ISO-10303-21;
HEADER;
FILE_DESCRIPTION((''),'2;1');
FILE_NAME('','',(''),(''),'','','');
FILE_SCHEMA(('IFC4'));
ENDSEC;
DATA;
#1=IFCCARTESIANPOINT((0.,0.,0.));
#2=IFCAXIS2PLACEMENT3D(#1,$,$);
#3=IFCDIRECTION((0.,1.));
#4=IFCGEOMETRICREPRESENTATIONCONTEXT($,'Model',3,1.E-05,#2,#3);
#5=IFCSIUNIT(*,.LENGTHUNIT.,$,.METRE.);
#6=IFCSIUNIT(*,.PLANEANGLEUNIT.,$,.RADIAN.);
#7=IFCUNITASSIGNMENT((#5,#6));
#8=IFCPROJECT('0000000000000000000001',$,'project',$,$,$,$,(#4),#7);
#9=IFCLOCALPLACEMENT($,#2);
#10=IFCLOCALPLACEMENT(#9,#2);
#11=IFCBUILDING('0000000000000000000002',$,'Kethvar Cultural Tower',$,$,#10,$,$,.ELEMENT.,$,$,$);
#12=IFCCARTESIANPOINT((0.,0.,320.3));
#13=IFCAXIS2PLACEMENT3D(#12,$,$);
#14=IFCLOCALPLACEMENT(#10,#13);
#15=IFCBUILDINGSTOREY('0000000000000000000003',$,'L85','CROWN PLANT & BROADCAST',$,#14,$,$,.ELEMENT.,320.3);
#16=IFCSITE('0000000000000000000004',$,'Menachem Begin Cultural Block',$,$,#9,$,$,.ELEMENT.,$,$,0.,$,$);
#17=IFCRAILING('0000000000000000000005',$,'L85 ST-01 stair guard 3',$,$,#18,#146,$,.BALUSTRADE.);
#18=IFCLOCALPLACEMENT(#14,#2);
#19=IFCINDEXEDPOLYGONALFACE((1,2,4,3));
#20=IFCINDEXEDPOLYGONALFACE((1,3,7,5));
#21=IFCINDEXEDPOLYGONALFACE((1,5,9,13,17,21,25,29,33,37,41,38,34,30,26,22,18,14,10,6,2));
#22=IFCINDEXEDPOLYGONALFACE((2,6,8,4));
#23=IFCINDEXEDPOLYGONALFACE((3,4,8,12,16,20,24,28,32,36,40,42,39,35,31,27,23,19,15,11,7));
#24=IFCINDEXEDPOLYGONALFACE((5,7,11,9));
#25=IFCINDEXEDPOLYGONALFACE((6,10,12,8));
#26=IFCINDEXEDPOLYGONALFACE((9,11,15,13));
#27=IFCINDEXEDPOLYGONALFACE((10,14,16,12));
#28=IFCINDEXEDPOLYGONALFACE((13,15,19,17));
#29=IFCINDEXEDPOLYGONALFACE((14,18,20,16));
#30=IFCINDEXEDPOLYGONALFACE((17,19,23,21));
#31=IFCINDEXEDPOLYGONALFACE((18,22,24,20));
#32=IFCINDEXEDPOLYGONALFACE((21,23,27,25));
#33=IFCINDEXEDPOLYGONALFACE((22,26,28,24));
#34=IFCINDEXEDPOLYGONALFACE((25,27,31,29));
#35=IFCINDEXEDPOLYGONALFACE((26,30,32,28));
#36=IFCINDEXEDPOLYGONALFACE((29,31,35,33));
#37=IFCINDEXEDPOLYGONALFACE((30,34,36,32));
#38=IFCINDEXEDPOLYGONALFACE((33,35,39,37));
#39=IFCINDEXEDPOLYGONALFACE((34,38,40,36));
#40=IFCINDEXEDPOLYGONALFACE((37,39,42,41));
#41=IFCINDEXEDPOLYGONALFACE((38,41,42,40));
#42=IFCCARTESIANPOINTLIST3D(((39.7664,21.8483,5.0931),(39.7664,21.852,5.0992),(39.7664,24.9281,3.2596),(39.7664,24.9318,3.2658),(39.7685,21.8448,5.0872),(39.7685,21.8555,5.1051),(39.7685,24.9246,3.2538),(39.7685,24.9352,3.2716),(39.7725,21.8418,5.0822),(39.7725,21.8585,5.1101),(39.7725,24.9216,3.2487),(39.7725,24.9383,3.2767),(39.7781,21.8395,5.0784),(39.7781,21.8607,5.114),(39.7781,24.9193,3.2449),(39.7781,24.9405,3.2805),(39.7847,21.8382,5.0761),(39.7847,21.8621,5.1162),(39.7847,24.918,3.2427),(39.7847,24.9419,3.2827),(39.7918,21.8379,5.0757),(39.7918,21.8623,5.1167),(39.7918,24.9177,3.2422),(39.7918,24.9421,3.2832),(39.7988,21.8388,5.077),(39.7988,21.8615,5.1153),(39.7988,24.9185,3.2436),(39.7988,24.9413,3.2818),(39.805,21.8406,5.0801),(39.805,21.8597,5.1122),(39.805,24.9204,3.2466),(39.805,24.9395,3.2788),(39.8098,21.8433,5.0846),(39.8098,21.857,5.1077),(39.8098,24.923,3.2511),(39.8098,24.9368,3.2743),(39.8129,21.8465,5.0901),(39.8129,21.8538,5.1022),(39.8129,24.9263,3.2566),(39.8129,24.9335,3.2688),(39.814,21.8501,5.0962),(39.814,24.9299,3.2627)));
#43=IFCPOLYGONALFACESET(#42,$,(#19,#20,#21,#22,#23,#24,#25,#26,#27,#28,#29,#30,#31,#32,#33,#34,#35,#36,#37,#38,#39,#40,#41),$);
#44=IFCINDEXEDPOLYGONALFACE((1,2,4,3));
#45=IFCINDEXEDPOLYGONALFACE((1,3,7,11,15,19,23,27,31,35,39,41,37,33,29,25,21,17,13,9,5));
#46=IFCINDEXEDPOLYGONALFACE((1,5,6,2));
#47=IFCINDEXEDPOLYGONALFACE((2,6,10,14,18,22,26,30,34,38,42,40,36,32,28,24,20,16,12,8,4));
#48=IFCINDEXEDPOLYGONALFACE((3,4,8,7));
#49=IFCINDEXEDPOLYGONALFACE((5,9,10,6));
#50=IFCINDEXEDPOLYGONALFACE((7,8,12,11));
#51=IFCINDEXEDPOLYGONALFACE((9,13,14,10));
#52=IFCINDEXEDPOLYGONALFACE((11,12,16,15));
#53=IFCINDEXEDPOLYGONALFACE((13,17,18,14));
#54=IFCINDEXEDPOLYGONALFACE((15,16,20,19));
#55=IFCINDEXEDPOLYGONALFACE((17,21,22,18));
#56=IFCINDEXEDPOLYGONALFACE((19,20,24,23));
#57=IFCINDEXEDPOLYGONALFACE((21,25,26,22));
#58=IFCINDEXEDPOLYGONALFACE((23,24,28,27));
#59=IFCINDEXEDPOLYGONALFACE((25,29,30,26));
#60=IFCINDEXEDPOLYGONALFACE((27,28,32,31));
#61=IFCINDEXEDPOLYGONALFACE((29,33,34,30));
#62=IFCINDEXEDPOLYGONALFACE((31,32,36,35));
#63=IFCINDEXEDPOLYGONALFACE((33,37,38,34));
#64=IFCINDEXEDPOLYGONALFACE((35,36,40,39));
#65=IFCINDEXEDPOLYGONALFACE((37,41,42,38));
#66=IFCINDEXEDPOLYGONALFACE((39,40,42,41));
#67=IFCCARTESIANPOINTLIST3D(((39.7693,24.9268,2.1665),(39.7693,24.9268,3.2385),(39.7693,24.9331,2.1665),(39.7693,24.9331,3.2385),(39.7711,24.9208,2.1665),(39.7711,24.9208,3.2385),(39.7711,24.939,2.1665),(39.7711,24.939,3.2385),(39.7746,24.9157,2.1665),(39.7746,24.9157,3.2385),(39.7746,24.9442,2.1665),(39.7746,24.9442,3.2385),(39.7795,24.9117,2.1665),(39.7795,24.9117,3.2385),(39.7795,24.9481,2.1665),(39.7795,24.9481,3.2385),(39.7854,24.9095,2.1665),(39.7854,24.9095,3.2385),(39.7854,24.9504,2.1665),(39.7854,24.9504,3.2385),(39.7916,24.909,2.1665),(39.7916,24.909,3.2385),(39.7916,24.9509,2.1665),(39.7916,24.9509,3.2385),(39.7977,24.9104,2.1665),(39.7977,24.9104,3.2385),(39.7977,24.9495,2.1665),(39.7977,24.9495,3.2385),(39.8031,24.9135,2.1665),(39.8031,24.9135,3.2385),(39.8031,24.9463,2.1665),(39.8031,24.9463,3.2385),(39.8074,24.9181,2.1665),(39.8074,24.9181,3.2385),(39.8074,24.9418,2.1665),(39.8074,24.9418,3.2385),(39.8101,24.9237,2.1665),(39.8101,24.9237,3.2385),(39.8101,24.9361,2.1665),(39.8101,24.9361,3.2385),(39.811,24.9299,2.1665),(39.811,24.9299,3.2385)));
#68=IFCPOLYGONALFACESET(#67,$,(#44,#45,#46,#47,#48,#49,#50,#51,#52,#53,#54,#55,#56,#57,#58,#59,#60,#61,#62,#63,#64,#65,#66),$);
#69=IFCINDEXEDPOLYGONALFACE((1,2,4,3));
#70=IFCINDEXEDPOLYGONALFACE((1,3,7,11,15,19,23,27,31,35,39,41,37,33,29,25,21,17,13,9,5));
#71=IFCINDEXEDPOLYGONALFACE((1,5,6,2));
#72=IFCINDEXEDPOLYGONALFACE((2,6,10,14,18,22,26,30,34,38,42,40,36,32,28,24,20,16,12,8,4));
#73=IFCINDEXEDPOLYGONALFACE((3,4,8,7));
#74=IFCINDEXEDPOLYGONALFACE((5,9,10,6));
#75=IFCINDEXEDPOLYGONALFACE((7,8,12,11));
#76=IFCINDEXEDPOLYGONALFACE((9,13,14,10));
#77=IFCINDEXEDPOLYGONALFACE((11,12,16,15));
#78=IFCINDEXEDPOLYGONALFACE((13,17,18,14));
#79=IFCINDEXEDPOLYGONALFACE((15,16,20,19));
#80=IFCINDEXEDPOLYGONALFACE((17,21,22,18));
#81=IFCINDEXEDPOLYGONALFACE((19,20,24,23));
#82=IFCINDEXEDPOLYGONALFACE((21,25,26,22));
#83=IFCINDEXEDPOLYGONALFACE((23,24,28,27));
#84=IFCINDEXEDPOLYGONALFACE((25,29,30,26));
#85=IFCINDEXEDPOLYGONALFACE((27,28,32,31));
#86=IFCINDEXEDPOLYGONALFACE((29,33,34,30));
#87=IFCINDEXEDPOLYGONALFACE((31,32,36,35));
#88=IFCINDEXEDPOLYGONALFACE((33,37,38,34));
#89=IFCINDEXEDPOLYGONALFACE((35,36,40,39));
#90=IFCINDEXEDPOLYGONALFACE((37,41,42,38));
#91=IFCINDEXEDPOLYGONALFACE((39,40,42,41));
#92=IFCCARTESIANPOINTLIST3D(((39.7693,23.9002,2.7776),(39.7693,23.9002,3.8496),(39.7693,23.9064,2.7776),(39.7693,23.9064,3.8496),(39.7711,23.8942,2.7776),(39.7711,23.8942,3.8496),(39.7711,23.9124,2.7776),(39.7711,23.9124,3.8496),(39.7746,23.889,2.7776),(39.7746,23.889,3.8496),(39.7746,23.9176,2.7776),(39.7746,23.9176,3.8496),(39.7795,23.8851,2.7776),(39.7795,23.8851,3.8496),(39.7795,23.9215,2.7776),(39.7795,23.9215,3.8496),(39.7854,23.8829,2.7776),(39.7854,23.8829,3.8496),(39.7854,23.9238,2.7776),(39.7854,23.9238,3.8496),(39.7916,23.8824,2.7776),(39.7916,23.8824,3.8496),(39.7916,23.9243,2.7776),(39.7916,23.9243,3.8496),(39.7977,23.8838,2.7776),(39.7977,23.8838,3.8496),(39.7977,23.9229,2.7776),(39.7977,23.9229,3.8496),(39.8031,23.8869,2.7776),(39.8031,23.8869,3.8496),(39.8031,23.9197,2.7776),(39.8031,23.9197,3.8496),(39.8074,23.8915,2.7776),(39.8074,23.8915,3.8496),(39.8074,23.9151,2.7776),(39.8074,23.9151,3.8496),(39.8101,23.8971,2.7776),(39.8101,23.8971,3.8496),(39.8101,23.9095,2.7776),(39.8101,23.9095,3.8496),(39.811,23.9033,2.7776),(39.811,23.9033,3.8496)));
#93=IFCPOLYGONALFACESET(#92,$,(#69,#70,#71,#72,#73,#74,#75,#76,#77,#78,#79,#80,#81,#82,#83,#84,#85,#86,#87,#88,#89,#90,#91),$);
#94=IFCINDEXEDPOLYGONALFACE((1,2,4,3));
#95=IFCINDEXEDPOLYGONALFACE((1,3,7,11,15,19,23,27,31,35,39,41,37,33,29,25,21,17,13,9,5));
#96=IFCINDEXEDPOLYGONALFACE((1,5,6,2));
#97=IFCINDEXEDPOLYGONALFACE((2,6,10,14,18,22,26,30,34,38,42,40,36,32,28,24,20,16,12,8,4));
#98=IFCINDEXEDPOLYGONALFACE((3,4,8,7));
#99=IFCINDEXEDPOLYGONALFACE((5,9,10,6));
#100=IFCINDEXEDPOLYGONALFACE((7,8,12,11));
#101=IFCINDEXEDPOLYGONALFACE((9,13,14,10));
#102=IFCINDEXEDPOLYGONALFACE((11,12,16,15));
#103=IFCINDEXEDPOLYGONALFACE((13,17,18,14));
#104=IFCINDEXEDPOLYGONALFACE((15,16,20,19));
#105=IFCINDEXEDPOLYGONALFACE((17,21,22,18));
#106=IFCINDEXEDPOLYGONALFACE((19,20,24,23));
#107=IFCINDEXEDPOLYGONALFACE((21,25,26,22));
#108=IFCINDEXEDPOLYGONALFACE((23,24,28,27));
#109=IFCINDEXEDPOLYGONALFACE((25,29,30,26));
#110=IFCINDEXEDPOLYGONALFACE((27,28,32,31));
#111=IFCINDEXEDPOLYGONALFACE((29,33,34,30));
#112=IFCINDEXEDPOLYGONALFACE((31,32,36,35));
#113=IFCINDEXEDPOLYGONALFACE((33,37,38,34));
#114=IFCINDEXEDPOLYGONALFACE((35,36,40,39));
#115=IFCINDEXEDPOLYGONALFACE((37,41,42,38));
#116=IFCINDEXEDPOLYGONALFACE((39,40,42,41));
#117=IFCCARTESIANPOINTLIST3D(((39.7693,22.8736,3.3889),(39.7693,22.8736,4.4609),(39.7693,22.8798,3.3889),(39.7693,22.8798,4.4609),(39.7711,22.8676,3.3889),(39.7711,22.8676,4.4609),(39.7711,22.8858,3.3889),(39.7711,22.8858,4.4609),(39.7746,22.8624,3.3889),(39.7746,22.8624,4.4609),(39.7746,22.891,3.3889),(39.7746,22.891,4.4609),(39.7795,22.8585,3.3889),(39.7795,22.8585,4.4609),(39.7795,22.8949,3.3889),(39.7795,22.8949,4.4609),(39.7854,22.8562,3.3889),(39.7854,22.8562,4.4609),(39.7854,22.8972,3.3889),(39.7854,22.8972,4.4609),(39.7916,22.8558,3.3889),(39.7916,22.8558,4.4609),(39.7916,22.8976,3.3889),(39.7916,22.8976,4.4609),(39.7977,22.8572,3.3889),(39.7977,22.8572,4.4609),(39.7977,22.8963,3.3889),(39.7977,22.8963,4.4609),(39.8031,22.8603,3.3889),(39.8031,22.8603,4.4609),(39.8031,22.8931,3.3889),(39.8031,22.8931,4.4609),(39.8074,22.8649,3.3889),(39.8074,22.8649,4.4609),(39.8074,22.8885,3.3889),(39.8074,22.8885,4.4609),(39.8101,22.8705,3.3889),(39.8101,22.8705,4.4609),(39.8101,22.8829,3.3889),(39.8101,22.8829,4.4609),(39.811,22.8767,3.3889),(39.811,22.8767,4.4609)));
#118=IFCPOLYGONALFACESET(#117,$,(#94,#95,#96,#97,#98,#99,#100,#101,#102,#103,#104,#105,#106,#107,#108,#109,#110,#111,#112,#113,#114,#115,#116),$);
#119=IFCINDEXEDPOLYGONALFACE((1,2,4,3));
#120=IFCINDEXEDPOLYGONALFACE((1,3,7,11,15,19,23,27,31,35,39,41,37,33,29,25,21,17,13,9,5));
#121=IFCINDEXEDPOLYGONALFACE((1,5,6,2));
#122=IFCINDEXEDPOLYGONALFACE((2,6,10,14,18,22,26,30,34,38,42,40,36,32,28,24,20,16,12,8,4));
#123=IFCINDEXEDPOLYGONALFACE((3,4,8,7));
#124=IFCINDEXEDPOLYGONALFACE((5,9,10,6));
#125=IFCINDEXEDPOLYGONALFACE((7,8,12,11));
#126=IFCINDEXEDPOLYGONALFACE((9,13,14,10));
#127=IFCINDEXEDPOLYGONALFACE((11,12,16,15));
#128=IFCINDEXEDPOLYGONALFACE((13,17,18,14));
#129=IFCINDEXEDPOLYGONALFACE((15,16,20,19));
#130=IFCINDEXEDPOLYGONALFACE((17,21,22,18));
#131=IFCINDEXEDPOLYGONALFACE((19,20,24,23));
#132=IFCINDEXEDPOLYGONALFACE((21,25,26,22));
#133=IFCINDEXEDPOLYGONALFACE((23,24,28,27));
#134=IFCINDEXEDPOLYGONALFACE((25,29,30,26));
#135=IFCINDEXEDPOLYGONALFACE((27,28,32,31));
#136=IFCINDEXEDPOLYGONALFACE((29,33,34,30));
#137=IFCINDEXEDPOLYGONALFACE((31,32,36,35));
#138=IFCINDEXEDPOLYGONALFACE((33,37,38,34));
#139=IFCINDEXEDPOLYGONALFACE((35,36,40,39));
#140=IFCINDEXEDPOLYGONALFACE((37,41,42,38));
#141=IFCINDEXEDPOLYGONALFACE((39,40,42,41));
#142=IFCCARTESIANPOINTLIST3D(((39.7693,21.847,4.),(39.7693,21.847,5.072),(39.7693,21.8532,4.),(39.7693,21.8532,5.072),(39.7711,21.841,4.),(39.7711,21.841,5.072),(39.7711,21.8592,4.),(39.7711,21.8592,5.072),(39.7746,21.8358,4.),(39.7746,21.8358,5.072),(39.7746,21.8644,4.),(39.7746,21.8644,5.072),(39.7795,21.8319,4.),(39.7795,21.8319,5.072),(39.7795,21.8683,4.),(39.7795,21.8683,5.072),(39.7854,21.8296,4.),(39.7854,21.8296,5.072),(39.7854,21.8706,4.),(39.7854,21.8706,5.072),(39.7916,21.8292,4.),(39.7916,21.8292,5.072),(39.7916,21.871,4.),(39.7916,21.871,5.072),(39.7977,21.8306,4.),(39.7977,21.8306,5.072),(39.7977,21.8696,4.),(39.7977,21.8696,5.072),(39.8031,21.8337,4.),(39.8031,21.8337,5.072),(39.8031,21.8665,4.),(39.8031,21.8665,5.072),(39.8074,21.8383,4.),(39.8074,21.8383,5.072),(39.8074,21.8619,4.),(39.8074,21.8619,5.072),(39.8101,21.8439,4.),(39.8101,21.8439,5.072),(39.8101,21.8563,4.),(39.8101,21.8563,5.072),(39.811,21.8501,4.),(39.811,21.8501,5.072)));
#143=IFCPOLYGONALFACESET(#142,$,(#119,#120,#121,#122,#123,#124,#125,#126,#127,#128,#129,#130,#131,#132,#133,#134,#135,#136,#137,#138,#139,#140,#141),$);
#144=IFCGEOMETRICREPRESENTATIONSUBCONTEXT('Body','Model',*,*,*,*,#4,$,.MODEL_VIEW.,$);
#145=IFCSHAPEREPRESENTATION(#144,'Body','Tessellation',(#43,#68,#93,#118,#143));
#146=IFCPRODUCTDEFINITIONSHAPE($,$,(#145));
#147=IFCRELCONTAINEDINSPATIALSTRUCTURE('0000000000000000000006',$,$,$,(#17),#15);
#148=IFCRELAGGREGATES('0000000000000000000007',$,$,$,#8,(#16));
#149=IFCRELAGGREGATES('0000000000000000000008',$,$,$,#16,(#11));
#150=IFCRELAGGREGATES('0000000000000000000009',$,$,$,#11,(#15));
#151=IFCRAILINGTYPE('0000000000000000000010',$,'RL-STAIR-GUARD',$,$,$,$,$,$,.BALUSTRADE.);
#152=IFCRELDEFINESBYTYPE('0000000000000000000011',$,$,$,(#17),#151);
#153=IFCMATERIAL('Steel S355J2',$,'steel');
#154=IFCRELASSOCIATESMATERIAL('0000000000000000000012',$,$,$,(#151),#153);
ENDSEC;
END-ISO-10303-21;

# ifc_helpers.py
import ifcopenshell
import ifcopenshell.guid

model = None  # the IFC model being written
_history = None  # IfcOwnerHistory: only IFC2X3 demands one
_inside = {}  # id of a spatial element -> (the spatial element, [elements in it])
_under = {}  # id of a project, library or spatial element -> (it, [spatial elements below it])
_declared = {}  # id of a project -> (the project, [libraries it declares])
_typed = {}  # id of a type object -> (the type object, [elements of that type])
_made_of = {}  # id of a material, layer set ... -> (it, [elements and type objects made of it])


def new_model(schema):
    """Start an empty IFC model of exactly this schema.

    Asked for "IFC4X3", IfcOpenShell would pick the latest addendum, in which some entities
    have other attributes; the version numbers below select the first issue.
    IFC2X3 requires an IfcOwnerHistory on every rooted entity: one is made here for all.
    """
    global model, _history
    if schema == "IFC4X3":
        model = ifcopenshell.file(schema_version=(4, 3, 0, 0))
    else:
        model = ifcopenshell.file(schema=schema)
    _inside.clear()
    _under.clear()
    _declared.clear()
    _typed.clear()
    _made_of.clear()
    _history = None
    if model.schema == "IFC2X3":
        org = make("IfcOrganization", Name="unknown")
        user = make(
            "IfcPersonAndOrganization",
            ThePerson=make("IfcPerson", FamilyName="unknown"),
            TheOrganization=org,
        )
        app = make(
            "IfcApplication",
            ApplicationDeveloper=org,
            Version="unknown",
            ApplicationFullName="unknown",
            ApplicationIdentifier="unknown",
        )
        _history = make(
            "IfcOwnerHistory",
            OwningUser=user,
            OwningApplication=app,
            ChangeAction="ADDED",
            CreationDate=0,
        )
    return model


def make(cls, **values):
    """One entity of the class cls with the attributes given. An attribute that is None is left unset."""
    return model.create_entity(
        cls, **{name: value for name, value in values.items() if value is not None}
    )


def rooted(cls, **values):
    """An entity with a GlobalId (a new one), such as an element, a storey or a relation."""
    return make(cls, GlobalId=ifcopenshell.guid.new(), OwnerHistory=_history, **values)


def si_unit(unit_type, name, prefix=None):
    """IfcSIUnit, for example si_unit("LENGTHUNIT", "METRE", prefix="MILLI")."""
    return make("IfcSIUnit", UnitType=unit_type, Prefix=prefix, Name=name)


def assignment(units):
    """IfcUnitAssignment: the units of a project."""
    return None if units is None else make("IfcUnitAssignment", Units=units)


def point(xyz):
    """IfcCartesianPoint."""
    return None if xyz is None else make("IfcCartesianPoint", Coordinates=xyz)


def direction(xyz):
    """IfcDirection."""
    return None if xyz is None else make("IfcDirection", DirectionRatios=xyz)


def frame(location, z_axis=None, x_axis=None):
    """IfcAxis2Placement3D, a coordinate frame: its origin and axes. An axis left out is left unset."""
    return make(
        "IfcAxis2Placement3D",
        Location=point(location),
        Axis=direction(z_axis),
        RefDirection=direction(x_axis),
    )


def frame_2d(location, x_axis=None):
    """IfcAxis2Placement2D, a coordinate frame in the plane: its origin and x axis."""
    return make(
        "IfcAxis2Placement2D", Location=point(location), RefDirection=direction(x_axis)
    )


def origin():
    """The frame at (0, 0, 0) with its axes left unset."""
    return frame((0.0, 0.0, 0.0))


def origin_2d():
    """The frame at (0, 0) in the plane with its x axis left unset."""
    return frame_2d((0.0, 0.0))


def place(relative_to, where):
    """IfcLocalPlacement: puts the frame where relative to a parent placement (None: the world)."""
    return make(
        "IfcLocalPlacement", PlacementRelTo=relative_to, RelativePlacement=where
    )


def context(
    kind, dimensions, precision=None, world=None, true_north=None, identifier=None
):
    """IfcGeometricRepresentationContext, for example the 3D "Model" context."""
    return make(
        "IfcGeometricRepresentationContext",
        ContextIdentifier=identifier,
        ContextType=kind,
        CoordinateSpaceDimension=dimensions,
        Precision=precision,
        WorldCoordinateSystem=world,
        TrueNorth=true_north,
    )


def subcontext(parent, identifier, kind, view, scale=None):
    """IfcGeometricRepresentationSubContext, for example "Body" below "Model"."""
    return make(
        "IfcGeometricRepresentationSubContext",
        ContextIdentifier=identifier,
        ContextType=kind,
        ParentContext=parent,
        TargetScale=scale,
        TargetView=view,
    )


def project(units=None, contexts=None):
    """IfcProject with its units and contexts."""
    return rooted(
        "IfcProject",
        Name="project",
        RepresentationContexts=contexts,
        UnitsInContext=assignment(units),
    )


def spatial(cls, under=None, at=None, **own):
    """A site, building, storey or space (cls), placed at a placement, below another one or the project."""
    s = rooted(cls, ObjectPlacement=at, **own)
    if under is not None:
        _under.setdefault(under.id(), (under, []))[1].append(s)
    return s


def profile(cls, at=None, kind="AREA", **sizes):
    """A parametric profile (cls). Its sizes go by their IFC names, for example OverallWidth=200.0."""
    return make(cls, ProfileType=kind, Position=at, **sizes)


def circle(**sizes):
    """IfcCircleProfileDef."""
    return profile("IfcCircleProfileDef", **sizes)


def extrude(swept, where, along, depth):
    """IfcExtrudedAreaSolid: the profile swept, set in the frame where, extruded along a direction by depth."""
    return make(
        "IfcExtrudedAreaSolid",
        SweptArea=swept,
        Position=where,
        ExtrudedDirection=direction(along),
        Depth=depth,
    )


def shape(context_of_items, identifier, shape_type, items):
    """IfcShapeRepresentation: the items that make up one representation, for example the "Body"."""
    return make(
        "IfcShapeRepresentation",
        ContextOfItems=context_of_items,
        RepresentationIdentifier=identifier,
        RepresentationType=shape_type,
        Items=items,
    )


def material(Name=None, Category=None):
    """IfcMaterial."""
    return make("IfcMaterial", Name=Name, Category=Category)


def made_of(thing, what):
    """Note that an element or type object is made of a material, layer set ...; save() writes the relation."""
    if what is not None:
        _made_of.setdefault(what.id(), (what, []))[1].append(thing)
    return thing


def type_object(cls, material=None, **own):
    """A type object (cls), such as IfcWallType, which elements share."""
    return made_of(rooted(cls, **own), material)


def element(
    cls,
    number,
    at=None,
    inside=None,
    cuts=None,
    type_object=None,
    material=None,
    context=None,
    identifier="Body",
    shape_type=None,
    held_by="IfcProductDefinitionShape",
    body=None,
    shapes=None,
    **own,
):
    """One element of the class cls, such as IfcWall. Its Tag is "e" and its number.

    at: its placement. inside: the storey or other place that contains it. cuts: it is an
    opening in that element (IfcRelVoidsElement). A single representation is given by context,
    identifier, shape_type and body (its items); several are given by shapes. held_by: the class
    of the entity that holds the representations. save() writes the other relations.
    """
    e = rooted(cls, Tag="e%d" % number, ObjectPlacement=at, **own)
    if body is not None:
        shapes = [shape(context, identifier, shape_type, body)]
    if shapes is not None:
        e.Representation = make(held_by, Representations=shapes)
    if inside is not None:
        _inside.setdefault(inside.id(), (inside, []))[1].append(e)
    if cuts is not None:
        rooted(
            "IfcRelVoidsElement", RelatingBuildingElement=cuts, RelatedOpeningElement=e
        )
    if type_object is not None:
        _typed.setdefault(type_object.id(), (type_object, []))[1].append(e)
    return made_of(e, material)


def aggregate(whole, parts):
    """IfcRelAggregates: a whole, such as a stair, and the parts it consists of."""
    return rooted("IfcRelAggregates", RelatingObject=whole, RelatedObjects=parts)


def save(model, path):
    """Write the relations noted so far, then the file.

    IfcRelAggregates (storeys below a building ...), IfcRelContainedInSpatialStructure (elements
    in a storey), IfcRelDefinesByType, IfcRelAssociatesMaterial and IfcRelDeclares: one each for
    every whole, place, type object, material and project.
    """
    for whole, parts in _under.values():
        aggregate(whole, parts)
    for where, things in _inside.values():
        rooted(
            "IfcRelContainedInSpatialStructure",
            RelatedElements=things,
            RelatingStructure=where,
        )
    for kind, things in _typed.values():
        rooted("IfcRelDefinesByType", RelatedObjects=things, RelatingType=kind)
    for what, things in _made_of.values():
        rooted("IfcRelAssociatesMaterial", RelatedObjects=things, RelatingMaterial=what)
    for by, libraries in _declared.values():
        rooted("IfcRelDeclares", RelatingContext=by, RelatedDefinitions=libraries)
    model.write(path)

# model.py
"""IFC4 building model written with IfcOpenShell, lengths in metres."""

from ifc_helpers import new_model, si_unit, direction, frame, origin, origin_2d, place, context, subcontext, project, spatial, circle, extrude, material, type_object, element, save


model = new_model("IFC4")

# Units and contexts
model_context = context("Model", 3, precision=1e-05, world=origin(), true_north=direction((0.0, 1.0)))
body_context = subcontext(model_context, "Body", "Model", "MODEL_VIEW")
ifc_project = project(units=[si_unit("LENGTHUNIT", "METRE"), si_unit("PLANEANGLEUNIT", "RADIAN")], contexts=[model_context])

# Site, building, storey
site_placement = place(None, origin())
site = spatial("IfcSite", under=ifc_project, at=site_placement, Name="Menachem Begin Cultural Block", CompositionType="ELEMENT", RefElevation=0.0)
building_placement = place(site_placement, origin())
building = spatial("IfcBuilding", under=site, at=building_placement, Name="Kethvar Cultural Tower", CompositionType="ELEMENT")
storey_placement = place(building_placement, frame((0.0, 0.0, 320.3)))
storey = spatial("IfcBuildingStorey", under=building, at=storey_placement, Name="L85", Description="CROWN PLANT & BROADCAST", CompositionType="ELEMENT", Elevation=320.3)

# Shared definitions
ifc_material_1 = material(Name="Steel S355J2", Category="steel")

# Railing
railing_type_1 = type_object("IfcRailingType", Name="RL-STAIR-GUARD", PredefinedType="BALUSTRADE", material=ifc_material_1)
railing_1_placement = place(storey_placement, frame((39.79, 24.9299, 2.1665)))
element("IfcRailing", 1, at=railing_1_placement, inside=storey, type_object=railing_type_1, Name="L85 ST-01 stair guard 3", PredefinedType="BALUSTRADE", context=body_context, shape_type="SweptSolid", body=[
    extrude(circle(Radius=0.0239, at=origin_2d()), frame((0.0, 0.0, 1.0962), z_axis=(0.0, -0.859261, 0.511538), x_axis=(1.0, 0.0, 0.0)), (0.0, 0.0, 1.0), 3.5842),
    extrude(circle(Radius=0.021, at=origin_2d()), origin(), (0.0, 0.0, 1.0), 1.072),
    extrude(circle(Radius=0.021, at=origin_2d()), frame((0.0, -1.0266, 0.6111)), (0.0, 0.0, 1.0), 1.072),
    extrude(circle(Radius=0.021, at=origin_2d()), frame((0.0, -2.0532, 1.2224)), (0.0, 0.0, 1.0), 1.072),
    extrude(circle(Radius=0.021, at=origin_2d()), frame((0.0, -3.0798, 1.8335)), (0.0, 0.0, 1.0), 1.072),
])

save(model, "model.ifc")
